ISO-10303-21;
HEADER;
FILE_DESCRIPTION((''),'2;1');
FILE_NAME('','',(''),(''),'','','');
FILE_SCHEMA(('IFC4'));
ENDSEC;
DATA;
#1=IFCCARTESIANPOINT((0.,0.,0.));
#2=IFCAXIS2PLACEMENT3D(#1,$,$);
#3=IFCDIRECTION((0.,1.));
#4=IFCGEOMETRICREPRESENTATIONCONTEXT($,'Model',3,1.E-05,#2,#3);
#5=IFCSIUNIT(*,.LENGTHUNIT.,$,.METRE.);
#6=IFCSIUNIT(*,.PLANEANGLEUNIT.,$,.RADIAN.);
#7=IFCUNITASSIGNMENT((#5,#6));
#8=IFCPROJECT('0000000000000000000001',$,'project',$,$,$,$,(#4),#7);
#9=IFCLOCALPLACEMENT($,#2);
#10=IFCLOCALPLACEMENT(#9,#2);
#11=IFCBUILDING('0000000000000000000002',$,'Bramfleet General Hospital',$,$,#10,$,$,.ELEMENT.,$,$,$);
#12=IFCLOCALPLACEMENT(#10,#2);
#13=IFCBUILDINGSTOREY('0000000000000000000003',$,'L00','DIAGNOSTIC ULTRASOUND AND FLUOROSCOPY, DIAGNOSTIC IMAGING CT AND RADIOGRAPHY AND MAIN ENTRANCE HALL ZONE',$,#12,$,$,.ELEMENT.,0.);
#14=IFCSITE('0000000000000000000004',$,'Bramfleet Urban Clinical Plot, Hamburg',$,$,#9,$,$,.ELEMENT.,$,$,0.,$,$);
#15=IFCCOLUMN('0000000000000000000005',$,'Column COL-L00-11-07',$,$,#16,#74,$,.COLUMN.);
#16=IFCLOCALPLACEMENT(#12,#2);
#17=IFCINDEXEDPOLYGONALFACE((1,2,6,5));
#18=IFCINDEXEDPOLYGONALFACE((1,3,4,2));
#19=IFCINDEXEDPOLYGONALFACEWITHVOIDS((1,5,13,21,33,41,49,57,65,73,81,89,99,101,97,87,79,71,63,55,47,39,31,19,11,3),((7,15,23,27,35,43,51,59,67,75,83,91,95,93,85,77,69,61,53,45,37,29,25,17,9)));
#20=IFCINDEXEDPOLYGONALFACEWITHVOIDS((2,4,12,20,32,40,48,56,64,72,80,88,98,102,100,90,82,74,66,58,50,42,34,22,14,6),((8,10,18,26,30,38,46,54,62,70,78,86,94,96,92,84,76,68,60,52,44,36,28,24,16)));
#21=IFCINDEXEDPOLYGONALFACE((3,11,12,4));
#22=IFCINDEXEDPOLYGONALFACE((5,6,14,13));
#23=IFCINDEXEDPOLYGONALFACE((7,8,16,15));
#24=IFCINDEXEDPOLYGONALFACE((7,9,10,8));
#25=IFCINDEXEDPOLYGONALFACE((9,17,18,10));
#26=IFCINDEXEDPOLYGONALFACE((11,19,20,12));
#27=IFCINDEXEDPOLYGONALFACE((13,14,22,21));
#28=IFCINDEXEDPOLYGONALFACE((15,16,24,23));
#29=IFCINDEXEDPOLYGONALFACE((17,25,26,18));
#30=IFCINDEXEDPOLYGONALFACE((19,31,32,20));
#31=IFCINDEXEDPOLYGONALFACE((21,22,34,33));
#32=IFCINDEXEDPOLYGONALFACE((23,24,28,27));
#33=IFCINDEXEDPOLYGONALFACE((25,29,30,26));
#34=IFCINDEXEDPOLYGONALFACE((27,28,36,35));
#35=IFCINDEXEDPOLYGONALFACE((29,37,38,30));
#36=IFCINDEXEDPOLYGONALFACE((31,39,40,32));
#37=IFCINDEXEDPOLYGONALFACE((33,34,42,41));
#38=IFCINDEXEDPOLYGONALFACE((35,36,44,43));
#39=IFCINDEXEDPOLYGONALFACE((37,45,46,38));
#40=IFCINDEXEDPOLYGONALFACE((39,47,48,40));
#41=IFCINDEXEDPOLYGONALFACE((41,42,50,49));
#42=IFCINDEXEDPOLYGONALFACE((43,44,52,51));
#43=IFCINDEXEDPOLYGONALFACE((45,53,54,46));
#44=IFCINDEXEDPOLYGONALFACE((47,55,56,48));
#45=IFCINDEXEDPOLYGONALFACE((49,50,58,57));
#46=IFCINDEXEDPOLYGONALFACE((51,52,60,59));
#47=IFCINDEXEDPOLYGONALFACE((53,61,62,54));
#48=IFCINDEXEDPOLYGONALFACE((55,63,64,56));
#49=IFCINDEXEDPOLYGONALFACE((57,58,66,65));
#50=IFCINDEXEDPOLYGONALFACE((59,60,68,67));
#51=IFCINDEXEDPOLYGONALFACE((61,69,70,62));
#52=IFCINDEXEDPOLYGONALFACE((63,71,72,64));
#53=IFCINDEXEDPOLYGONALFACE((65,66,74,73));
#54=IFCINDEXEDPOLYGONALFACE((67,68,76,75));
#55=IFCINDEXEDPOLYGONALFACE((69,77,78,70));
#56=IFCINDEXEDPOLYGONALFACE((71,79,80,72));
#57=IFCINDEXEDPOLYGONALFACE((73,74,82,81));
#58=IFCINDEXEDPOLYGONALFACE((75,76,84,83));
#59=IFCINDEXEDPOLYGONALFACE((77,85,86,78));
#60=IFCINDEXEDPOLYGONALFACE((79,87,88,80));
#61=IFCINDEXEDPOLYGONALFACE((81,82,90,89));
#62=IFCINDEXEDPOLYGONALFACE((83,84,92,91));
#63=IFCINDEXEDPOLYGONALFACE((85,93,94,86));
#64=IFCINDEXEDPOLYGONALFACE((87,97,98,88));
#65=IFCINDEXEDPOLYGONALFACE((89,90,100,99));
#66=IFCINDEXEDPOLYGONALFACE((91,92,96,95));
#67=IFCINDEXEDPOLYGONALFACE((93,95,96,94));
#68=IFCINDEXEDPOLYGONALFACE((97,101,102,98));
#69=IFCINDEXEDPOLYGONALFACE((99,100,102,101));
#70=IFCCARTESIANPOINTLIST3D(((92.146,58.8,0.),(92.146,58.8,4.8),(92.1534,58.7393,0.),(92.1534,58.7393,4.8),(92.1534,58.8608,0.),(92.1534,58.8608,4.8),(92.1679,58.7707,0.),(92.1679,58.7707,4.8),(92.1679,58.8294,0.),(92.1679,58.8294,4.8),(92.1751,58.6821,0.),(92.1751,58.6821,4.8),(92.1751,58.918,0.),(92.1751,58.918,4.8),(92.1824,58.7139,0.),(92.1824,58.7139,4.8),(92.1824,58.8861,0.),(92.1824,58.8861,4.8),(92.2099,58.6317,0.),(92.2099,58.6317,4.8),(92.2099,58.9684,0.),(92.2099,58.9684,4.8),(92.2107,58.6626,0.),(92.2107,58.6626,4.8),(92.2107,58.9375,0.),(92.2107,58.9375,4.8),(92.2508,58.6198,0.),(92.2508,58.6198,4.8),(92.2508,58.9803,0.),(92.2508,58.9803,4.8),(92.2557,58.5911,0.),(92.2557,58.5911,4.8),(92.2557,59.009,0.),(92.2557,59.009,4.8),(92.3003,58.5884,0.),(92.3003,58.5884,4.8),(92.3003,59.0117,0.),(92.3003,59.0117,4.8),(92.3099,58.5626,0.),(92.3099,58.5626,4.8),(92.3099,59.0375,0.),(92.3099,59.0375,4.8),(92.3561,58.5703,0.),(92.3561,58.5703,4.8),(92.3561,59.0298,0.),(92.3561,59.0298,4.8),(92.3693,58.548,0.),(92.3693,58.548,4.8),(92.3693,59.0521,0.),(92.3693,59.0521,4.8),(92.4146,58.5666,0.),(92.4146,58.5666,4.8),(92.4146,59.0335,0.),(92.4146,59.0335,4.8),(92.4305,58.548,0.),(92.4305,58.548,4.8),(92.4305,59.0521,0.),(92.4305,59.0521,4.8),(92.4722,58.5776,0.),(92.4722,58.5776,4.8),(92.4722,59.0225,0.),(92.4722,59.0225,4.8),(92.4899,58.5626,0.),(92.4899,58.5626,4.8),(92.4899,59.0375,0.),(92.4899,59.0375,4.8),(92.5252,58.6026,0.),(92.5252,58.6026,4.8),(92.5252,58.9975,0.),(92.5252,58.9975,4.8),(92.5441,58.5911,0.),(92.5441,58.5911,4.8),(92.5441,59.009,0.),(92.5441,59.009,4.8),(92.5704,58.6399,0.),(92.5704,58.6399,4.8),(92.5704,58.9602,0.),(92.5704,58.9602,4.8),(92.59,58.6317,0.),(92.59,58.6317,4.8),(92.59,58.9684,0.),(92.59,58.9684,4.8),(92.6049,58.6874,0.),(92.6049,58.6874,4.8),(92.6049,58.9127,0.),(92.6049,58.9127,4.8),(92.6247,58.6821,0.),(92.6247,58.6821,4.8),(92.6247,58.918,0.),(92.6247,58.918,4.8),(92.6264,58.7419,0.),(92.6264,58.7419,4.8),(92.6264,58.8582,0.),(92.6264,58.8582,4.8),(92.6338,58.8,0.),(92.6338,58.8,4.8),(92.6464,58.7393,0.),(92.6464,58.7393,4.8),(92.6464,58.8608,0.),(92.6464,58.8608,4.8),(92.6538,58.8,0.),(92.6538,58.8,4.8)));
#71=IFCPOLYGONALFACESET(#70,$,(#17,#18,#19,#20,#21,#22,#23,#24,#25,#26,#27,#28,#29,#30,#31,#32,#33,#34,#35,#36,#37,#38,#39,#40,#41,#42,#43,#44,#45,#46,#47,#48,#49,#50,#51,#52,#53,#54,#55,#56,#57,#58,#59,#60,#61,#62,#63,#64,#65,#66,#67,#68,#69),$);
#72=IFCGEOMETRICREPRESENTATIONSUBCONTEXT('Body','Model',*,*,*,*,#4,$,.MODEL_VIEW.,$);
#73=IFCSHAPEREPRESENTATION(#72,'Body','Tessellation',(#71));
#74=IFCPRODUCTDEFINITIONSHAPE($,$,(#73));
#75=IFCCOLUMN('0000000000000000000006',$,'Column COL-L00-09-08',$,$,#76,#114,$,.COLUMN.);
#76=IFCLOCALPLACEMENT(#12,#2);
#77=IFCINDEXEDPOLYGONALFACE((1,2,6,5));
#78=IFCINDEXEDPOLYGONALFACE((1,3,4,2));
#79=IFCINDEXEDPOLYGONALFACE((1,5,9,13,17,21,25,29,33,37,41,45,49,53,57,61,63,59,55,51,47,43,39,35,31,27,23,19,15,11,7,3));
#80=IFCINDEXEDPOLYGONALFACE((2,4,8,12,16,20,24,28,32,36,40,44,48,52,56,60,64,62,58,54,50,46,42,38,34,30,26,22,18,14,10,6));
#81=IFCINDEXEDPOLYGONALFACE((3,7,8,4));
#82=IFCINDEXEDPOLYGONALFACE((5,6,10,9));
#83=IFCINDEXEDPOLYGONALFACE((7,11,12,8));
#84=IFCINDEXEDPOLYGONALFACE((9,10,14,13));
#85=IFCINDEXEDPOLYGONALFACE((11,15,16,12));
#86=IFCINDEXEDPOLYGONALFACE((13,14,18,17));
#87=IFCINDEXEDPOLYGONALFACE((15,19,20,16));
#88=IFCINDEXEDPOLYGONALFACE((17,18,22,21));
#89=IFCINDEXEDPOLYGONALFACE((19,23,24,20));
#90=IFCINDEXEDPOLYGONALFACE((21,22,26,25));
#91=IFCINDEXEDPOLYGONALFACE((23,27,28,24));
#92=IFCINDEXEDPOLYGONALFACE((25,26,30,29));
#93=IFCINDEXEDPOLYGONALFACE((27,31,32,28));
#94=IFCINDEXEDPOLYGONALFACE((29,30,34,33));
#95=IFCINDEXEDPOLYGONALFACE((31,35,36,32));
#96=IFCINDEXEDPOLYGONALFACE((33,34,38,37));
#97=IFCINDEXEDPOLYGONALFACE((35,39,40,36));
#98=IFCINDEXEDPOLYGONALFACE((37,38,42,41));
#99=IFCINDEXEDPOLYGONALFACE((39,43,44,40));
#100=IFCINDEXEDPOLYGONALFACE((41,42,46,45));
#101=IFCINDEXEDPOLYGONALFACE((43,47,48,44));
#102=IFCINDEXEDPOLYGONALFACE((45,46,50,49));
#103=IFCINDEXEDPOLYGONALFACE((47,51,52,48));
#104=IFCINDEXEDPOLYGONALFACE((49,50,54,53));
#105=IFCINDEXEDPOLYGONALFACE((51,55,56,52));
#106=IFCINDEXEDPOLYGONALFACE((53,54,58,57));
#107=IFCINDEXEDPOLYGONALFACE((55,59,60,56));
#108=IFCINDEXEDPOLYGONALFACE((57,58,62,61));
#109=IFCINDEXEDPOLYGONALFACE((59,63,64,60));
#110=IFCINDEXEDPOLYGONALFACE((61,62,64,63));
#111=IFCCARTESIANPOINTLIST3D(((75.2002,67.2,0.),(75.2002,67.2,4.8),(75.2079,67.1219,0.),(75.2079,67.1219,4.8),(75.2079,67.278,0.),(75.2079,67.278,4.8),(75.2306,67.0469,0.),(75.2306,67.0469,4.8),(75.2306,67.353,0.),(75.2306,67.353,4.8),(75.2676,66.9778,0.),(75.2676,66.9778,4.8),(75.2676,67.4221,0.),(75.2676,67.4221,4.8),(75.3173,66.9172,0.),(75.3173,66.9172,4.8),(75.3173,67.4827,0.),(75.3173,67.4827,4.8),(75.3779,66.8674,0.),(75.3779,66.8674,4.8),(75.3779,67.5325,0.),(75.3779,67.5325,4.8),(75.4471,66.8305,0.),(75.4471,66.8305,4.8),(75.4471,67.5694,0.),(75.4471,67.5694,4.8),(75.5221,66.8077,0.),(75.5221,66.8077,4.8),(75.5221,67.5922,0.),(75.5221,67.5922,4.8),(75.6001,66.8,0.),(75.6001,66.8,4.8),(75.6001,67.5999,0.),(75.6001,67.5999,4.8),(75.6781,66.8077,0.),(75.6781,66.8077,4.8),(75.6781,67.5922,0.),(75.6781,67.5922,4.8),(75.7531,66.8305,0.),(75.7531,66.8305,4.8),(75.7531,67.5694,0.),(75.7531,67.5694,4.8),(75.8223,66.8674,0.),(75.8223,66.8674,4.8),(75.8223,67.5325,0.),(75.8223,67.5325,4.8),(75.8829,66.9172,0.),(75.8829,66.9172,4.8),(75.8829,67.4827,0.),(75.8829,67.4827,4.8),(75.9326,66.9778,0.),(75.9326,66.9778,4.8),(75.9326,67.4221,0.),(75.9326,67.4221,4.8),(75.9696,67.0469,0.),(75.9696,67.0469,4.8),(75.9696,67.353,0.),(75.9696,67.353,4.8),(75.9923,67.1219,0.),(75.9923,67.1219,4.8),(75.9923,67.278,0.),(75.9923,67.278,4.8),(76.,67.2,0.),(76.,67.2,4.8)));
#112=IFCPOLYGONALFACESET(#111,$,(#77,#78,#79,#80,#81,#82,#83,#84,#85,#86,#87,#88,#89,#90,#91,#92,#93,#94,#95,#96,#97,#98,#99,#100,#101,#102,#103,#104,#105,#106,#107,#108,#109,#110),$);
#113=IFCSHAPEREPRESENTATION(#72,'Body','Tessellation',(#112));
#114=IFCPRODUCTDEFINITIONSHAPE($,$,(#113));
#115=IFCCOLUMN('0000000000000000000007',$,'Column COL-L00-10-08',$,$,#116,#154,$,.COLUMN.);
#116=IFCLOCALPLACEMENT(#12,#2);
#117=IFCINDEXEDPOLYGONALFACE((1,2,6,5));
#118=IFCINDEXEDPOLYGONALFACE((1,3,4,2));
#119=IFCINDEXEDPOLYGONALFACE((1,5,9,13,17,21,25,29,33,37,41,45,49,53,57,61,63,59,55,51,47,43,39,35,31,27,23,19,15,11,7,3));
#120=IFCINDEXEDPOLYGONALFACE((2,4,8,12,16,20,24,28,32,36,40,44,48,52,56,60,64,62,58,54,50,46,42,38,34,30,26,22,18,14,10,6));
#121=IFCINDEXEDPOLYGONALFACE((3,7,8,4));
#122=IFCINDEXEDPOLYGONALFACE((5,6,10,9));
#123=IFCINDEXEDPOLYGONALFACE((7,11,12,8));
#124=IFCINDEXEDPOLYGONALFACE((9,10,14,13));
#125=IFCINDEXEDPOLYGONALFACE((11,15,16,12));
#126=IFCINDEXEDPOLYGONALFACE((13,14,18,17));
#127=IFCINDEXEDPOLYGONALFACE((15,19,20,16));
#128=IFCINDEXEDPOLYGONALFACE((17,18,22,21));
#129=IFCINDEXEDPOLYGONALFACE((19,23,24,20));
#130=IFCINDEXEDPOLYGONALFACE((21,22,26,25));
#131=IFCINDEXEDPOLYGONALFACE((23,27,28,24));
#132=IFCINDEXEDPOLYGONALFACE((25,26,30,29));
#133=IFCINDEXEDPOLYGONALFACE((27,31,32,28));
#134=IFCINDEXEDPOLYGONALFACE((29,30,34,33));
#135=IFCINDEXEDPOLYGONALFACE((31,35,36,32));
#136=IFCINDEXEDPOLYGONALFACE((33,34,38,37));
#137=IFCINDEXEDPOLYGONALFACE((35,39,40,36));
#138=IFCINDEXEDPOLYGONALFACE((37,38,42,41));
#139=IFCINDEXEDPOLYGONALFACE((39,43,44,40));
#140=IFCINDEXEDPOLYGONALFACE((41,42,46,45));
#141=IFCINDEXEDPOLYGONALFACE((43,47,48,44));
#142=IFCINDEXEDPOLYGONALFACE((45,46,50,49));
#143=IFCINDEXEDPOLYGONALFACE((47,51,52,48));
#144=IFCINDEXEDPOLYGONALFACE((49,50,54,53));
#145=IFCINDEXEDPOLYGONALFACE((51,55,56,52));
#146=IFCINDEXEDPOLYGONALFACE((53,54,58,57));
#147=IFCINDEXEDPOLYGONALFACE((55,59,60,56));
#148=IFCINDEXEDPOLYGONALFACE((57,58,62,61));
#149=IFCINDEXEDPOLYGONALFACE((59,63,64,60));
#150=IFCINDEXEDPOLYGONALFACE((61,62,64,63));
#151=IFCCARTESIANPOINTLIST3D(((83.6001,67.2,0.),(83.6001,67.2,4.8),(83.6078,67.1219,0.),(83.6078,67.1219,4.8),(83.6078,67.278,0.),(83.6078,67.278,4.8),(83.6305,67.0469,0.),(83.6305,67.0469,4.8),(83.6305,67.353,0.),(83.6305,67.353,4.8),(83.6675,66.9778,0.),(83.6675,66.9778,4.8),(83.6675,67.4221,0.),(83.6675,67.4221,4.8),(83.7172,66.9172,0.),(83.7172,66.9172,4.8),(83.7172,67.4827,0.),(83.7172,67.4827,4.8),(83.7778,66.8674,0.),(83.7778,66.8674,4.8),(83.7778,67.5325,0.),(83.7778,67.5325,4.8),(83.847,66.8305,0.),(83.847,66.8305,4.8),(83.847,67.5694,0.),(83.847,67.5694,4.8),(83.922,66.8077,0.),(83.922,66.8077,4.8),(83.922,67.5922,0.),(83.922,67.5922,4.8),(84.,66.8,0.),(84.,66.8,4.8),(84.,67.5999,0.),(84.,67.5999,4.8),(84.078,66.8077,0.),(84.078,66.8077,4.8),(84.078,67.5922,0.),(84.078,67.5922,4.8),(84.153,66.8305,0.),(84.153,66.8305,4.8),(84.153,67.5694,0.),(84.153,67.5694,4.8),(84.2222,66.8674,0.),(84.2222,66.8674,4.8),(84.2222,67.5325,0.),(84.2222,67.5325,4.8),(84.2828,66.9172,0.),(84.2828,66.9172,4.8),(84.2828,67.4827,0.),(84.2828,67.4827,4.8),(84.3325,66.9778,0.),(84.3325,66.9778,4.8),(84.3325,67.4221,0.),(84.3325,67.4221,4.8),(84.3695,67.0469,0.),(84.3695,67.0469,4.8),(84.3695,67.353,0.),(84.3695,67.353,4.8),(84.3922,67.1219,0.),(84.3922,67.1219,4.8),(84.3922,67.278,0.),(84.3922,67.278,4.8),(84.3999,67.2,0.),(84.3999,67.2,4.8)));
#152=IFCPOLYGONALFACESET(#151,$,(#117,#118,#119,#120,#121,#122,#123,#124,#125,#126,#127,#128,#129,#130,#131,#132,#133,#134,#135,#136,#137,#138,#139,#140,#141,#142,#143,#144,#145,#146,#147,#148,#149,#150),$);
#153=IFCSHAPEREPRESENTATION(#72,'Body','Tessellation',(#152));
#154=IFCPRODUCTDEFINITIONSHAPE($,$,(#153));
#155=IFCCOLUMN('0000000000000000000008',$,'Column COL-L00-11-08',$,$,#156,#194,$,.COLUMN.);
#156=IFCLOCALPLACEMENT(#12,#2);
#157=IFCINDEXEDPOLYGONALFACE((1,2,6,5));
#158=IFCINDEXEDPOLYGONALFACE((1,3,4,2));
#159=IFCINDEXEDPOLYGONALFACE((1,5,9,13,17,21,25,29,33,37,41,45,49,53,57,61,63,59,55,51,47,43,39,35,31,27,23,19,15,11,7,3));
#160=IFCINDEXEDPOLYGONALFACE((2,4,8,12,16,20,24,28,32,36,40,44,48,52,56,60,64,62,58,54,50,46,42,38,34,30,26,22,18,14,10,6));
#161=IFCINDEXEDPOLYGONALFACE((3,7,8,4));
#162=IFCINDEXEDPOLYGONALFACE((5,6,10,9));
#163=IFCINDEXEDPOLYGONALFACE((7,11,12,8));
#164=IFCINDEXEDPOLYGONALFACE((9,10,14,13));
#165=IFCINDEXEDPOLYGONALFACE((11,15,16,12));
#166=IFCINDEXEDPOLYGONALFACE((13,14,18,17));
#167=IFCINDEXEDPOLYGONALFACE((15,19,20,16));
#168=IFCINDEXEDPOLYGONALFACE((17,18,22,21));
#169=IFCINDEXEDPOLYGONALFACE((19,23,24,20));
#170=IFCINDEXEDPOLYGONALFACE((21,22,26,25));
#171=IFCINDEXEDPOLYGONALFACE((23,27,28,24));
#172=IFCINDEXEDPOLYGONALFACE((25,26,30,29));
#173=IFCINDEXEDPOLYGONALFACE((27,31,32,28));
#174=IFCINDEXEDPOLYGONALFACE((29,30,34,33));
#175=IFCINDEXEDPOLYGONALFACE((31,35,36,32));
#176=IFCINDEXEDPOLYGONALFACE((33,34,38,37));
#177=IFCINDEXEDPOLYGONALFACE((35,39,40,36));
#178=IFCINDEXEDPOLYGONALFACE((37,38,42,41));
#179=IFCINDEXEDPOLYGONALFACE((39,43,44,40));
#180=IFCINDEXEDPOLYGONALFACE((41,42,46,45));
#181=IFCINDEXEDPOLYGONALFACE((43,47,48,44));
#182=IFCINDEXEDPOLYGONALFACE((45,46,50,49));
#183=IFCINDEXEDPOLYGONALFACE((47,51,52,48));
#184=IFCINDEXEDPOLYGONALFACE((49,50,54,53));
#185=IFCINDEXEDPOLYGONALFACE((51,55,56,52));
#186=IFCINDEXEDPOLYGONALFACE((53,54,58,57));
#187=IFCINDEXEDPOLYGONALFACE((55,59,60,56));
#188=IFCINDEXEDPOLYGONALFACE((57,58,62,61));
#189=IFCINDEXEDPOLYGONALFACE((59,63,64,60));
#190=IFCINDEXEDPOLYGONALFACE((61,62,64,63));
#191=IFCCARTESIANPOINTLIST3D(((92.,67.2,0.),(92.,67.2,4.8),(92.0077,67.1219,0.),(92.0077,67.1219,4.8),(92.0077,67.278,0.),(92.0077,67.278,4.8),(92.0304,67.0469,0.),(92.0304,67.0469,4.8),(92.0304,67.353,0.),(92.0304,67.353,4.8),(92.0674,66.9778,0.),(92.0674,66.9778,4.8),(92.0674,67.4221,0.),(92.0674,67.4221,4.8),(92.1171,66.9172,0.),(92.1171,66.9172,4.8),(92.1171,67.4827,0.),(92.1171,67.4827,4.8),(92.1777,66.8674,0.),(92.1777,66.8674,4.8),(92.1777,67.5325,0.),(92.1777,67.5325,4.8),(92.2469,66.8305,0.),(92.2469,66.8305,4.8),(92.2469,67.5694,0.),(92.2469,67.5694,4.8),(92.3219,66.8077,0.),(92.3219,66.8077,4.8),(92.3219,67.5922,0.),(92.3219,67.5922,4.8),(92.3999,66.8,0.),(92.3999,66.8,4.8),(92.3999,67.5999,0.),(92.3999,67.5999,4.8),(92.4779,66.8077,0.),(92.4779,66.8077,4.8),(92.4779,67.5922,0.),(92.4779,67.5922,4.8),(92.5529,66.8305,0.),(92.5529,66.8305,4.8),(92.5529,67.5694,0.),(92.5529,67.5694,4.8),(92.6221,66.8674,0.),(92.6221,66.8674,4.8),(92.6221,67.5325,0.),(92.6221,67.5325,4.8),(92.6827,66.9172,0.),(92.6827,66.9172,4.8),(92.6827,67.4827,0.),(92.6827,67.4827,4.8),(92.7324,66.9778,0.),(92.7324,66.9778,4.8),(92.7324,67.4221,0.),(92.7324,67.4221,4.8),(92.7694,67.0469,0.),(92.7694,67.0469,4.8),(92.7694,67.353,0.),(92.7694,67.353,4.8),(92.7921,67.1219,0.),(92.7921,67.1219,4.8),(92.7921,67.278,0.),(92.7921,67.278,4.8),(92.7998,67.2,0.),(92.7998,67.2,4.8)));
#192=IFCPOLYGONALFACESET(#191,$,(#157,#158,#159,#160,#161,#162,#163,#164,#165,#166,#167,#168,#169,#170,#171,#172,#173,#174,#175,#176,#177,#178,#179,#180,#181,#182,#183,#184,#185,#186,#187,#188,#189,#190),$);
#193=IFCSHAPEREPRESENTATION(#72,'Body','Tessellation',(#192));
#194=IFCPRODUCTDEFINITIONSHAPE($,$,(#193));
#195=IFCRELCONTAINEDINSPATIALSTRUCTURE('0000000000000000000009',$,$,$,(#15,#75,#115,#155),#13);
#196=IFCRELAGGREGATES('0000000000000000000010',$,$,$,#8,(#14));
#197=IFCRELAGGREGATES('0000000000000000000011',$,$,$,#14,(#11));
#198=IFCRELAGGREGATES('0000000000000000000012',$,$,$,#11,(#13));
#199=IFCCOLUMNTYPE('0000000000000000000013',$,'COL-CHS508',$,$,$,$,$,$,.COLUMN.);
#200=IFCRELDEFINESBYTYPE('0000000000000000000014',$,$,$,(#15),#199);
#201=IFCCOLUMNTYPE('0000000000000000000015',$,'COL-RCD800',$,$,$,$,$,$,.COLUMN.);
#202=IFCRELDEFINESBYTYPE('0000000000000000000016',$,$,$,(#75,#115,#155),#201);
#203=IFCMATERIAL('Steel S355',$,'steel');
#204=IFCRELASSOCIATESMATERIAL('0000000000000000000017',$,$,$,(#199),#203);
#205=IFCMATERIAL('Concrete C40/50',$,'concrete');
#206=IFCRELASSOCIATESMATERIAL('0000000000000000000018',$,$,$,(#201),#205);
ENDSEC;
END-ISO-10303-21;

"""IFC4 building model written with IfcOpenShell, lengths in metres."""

from ifc_helpers import new_model, si_unit, direction, frame, origin, origin_2d, place, context, subcontext, project, spatial, circle, hollow_circle, extrude, material, material_profile, profile_set, type_object, element, save


model = new_model("IFC4")

# Units and contexts
model_context = context("Model", 3, precision=1e-05, world=origin(), true_north=direction((0.0, 1.0)))
body_context = subcontext(model_context, "Body", "Model", "MODEL_VIEW")
ifc_project = project(units=[si_unit("LENGTHUNIT", "METRE"), si_unit("PLANEANGLEUNIT", "RADIAN")], contexts=[model_context])

# Site, building, storey
site_placement = place(None, origin())
site = spatial("IfcSite", under=ifc_project, at=site_placement, Name="Bramfleet Urban Clinical Plot, Hamburg", CompositionType="ELEMENT", RefElevation=0.0)
building_placement = place(site_placement, origin())
building = spatial("IfcBuilding", under=site, at=building_placement, Name="Bramfleet General Hospital", CompositionType="ELEMENT")
storey_placement = place(building_placement, origin())
storey = spatial("IfcBuildingStorey", under=building, at=storey_placement, Name="L00", Description="DIAGNOSTIC ULTRASOUND AND FLUOROSCOPY, DIAGNOSTIC IMAGING CT AND RADIOGRAPHY AND MAIN ENTRANCE HALL ZONE", CompositionType="ELEMENT", Elevation=0.0)

# Columns
ifc_material_1 = material(Name="Steel S355", Category="steel")
ifc_material_profile_1 = material_profile(ifc_material_1, hollow_circle(Radius=0.2539, WallThickness=0.02, at=origin_2d()), Name="CHS 508.0x20.0")
ifc_profile_set_1 = profile_set([ifc_material_profile_1], Name="Steel S355")
column_type_1 = type_object("IfcColumnType", Name="COL-CHS508", PredefinedType="COLUMN", material=ifc_profile_set_1)
column_placement = place(storey_placement, frame((92.3999, 58.8, 0.0), z_axis=(0.0, 0.0, 1.0), x_axis=(1.0, 0.0, 0.0)))
element("IfcColumn", 1, at=column_placement, inside=storey, type_object=column_type_1, Name="Column COL-L00-11-07", PredefinedType="COLUMN", context=body_context, shape_type="SweptSolid", body=[
    extrude(hollow_circle(Radius=0.2539, WallThickness=0.02, at=origin_2d()), origin(), (0.0, 0.0, 1.0), 4.8),
])
ifc_material_2 = material(Name="Concrete C40/50", Category="concrete")
ifc_material_profile_2 = material_profile(ifc_material_2, circle(Radius=0.3999, at=origin_2d()), Name="RC ROUND D800")
ifc_profile_set_2 = profile_set([ifc_material_profile_2], Name="Concrete C40/50")
column_type_2 = type_object("IfcColumnType", Name="COL-RCD800", PredefinedType="COLUMN", material=ifc_profile_set_2)
for number, where, z_axis, x_axis, name in (
    (2, (75.6001, 67.2, 0.0), (0.0, 0.0, 1.0), (1.0, 0.0, 0.0), "Column COL-L00-09-08"),
    (3, (84.0, 67.2, 0.0), (0.0, 0.0, 1.0), (1.0, 0.0, 0.0), "Column COL-L00-10-08"),
    (4, (92.3999, 67.2, 0.0), (0.0, 0.0, 1.0), (1.0, 0.0, 0.0), "Column COL-L00-11-08"),
):
    element("IfcColumn", number, at=place(storey_placement, frame(where, z_axis=z_axis, x_axis=x_axis)), inside=storey, type_object=column_type_2, Name=name, PredefinedType="COLUMN", context=body_context, shape_type="SweptSolid", body=[
        extrude(circle(Radius=0.3999, at=origin_2d()), origin(), (0.0, 0.0, 1.0), 4.8),
    ])

save(model, "model.ifc")
